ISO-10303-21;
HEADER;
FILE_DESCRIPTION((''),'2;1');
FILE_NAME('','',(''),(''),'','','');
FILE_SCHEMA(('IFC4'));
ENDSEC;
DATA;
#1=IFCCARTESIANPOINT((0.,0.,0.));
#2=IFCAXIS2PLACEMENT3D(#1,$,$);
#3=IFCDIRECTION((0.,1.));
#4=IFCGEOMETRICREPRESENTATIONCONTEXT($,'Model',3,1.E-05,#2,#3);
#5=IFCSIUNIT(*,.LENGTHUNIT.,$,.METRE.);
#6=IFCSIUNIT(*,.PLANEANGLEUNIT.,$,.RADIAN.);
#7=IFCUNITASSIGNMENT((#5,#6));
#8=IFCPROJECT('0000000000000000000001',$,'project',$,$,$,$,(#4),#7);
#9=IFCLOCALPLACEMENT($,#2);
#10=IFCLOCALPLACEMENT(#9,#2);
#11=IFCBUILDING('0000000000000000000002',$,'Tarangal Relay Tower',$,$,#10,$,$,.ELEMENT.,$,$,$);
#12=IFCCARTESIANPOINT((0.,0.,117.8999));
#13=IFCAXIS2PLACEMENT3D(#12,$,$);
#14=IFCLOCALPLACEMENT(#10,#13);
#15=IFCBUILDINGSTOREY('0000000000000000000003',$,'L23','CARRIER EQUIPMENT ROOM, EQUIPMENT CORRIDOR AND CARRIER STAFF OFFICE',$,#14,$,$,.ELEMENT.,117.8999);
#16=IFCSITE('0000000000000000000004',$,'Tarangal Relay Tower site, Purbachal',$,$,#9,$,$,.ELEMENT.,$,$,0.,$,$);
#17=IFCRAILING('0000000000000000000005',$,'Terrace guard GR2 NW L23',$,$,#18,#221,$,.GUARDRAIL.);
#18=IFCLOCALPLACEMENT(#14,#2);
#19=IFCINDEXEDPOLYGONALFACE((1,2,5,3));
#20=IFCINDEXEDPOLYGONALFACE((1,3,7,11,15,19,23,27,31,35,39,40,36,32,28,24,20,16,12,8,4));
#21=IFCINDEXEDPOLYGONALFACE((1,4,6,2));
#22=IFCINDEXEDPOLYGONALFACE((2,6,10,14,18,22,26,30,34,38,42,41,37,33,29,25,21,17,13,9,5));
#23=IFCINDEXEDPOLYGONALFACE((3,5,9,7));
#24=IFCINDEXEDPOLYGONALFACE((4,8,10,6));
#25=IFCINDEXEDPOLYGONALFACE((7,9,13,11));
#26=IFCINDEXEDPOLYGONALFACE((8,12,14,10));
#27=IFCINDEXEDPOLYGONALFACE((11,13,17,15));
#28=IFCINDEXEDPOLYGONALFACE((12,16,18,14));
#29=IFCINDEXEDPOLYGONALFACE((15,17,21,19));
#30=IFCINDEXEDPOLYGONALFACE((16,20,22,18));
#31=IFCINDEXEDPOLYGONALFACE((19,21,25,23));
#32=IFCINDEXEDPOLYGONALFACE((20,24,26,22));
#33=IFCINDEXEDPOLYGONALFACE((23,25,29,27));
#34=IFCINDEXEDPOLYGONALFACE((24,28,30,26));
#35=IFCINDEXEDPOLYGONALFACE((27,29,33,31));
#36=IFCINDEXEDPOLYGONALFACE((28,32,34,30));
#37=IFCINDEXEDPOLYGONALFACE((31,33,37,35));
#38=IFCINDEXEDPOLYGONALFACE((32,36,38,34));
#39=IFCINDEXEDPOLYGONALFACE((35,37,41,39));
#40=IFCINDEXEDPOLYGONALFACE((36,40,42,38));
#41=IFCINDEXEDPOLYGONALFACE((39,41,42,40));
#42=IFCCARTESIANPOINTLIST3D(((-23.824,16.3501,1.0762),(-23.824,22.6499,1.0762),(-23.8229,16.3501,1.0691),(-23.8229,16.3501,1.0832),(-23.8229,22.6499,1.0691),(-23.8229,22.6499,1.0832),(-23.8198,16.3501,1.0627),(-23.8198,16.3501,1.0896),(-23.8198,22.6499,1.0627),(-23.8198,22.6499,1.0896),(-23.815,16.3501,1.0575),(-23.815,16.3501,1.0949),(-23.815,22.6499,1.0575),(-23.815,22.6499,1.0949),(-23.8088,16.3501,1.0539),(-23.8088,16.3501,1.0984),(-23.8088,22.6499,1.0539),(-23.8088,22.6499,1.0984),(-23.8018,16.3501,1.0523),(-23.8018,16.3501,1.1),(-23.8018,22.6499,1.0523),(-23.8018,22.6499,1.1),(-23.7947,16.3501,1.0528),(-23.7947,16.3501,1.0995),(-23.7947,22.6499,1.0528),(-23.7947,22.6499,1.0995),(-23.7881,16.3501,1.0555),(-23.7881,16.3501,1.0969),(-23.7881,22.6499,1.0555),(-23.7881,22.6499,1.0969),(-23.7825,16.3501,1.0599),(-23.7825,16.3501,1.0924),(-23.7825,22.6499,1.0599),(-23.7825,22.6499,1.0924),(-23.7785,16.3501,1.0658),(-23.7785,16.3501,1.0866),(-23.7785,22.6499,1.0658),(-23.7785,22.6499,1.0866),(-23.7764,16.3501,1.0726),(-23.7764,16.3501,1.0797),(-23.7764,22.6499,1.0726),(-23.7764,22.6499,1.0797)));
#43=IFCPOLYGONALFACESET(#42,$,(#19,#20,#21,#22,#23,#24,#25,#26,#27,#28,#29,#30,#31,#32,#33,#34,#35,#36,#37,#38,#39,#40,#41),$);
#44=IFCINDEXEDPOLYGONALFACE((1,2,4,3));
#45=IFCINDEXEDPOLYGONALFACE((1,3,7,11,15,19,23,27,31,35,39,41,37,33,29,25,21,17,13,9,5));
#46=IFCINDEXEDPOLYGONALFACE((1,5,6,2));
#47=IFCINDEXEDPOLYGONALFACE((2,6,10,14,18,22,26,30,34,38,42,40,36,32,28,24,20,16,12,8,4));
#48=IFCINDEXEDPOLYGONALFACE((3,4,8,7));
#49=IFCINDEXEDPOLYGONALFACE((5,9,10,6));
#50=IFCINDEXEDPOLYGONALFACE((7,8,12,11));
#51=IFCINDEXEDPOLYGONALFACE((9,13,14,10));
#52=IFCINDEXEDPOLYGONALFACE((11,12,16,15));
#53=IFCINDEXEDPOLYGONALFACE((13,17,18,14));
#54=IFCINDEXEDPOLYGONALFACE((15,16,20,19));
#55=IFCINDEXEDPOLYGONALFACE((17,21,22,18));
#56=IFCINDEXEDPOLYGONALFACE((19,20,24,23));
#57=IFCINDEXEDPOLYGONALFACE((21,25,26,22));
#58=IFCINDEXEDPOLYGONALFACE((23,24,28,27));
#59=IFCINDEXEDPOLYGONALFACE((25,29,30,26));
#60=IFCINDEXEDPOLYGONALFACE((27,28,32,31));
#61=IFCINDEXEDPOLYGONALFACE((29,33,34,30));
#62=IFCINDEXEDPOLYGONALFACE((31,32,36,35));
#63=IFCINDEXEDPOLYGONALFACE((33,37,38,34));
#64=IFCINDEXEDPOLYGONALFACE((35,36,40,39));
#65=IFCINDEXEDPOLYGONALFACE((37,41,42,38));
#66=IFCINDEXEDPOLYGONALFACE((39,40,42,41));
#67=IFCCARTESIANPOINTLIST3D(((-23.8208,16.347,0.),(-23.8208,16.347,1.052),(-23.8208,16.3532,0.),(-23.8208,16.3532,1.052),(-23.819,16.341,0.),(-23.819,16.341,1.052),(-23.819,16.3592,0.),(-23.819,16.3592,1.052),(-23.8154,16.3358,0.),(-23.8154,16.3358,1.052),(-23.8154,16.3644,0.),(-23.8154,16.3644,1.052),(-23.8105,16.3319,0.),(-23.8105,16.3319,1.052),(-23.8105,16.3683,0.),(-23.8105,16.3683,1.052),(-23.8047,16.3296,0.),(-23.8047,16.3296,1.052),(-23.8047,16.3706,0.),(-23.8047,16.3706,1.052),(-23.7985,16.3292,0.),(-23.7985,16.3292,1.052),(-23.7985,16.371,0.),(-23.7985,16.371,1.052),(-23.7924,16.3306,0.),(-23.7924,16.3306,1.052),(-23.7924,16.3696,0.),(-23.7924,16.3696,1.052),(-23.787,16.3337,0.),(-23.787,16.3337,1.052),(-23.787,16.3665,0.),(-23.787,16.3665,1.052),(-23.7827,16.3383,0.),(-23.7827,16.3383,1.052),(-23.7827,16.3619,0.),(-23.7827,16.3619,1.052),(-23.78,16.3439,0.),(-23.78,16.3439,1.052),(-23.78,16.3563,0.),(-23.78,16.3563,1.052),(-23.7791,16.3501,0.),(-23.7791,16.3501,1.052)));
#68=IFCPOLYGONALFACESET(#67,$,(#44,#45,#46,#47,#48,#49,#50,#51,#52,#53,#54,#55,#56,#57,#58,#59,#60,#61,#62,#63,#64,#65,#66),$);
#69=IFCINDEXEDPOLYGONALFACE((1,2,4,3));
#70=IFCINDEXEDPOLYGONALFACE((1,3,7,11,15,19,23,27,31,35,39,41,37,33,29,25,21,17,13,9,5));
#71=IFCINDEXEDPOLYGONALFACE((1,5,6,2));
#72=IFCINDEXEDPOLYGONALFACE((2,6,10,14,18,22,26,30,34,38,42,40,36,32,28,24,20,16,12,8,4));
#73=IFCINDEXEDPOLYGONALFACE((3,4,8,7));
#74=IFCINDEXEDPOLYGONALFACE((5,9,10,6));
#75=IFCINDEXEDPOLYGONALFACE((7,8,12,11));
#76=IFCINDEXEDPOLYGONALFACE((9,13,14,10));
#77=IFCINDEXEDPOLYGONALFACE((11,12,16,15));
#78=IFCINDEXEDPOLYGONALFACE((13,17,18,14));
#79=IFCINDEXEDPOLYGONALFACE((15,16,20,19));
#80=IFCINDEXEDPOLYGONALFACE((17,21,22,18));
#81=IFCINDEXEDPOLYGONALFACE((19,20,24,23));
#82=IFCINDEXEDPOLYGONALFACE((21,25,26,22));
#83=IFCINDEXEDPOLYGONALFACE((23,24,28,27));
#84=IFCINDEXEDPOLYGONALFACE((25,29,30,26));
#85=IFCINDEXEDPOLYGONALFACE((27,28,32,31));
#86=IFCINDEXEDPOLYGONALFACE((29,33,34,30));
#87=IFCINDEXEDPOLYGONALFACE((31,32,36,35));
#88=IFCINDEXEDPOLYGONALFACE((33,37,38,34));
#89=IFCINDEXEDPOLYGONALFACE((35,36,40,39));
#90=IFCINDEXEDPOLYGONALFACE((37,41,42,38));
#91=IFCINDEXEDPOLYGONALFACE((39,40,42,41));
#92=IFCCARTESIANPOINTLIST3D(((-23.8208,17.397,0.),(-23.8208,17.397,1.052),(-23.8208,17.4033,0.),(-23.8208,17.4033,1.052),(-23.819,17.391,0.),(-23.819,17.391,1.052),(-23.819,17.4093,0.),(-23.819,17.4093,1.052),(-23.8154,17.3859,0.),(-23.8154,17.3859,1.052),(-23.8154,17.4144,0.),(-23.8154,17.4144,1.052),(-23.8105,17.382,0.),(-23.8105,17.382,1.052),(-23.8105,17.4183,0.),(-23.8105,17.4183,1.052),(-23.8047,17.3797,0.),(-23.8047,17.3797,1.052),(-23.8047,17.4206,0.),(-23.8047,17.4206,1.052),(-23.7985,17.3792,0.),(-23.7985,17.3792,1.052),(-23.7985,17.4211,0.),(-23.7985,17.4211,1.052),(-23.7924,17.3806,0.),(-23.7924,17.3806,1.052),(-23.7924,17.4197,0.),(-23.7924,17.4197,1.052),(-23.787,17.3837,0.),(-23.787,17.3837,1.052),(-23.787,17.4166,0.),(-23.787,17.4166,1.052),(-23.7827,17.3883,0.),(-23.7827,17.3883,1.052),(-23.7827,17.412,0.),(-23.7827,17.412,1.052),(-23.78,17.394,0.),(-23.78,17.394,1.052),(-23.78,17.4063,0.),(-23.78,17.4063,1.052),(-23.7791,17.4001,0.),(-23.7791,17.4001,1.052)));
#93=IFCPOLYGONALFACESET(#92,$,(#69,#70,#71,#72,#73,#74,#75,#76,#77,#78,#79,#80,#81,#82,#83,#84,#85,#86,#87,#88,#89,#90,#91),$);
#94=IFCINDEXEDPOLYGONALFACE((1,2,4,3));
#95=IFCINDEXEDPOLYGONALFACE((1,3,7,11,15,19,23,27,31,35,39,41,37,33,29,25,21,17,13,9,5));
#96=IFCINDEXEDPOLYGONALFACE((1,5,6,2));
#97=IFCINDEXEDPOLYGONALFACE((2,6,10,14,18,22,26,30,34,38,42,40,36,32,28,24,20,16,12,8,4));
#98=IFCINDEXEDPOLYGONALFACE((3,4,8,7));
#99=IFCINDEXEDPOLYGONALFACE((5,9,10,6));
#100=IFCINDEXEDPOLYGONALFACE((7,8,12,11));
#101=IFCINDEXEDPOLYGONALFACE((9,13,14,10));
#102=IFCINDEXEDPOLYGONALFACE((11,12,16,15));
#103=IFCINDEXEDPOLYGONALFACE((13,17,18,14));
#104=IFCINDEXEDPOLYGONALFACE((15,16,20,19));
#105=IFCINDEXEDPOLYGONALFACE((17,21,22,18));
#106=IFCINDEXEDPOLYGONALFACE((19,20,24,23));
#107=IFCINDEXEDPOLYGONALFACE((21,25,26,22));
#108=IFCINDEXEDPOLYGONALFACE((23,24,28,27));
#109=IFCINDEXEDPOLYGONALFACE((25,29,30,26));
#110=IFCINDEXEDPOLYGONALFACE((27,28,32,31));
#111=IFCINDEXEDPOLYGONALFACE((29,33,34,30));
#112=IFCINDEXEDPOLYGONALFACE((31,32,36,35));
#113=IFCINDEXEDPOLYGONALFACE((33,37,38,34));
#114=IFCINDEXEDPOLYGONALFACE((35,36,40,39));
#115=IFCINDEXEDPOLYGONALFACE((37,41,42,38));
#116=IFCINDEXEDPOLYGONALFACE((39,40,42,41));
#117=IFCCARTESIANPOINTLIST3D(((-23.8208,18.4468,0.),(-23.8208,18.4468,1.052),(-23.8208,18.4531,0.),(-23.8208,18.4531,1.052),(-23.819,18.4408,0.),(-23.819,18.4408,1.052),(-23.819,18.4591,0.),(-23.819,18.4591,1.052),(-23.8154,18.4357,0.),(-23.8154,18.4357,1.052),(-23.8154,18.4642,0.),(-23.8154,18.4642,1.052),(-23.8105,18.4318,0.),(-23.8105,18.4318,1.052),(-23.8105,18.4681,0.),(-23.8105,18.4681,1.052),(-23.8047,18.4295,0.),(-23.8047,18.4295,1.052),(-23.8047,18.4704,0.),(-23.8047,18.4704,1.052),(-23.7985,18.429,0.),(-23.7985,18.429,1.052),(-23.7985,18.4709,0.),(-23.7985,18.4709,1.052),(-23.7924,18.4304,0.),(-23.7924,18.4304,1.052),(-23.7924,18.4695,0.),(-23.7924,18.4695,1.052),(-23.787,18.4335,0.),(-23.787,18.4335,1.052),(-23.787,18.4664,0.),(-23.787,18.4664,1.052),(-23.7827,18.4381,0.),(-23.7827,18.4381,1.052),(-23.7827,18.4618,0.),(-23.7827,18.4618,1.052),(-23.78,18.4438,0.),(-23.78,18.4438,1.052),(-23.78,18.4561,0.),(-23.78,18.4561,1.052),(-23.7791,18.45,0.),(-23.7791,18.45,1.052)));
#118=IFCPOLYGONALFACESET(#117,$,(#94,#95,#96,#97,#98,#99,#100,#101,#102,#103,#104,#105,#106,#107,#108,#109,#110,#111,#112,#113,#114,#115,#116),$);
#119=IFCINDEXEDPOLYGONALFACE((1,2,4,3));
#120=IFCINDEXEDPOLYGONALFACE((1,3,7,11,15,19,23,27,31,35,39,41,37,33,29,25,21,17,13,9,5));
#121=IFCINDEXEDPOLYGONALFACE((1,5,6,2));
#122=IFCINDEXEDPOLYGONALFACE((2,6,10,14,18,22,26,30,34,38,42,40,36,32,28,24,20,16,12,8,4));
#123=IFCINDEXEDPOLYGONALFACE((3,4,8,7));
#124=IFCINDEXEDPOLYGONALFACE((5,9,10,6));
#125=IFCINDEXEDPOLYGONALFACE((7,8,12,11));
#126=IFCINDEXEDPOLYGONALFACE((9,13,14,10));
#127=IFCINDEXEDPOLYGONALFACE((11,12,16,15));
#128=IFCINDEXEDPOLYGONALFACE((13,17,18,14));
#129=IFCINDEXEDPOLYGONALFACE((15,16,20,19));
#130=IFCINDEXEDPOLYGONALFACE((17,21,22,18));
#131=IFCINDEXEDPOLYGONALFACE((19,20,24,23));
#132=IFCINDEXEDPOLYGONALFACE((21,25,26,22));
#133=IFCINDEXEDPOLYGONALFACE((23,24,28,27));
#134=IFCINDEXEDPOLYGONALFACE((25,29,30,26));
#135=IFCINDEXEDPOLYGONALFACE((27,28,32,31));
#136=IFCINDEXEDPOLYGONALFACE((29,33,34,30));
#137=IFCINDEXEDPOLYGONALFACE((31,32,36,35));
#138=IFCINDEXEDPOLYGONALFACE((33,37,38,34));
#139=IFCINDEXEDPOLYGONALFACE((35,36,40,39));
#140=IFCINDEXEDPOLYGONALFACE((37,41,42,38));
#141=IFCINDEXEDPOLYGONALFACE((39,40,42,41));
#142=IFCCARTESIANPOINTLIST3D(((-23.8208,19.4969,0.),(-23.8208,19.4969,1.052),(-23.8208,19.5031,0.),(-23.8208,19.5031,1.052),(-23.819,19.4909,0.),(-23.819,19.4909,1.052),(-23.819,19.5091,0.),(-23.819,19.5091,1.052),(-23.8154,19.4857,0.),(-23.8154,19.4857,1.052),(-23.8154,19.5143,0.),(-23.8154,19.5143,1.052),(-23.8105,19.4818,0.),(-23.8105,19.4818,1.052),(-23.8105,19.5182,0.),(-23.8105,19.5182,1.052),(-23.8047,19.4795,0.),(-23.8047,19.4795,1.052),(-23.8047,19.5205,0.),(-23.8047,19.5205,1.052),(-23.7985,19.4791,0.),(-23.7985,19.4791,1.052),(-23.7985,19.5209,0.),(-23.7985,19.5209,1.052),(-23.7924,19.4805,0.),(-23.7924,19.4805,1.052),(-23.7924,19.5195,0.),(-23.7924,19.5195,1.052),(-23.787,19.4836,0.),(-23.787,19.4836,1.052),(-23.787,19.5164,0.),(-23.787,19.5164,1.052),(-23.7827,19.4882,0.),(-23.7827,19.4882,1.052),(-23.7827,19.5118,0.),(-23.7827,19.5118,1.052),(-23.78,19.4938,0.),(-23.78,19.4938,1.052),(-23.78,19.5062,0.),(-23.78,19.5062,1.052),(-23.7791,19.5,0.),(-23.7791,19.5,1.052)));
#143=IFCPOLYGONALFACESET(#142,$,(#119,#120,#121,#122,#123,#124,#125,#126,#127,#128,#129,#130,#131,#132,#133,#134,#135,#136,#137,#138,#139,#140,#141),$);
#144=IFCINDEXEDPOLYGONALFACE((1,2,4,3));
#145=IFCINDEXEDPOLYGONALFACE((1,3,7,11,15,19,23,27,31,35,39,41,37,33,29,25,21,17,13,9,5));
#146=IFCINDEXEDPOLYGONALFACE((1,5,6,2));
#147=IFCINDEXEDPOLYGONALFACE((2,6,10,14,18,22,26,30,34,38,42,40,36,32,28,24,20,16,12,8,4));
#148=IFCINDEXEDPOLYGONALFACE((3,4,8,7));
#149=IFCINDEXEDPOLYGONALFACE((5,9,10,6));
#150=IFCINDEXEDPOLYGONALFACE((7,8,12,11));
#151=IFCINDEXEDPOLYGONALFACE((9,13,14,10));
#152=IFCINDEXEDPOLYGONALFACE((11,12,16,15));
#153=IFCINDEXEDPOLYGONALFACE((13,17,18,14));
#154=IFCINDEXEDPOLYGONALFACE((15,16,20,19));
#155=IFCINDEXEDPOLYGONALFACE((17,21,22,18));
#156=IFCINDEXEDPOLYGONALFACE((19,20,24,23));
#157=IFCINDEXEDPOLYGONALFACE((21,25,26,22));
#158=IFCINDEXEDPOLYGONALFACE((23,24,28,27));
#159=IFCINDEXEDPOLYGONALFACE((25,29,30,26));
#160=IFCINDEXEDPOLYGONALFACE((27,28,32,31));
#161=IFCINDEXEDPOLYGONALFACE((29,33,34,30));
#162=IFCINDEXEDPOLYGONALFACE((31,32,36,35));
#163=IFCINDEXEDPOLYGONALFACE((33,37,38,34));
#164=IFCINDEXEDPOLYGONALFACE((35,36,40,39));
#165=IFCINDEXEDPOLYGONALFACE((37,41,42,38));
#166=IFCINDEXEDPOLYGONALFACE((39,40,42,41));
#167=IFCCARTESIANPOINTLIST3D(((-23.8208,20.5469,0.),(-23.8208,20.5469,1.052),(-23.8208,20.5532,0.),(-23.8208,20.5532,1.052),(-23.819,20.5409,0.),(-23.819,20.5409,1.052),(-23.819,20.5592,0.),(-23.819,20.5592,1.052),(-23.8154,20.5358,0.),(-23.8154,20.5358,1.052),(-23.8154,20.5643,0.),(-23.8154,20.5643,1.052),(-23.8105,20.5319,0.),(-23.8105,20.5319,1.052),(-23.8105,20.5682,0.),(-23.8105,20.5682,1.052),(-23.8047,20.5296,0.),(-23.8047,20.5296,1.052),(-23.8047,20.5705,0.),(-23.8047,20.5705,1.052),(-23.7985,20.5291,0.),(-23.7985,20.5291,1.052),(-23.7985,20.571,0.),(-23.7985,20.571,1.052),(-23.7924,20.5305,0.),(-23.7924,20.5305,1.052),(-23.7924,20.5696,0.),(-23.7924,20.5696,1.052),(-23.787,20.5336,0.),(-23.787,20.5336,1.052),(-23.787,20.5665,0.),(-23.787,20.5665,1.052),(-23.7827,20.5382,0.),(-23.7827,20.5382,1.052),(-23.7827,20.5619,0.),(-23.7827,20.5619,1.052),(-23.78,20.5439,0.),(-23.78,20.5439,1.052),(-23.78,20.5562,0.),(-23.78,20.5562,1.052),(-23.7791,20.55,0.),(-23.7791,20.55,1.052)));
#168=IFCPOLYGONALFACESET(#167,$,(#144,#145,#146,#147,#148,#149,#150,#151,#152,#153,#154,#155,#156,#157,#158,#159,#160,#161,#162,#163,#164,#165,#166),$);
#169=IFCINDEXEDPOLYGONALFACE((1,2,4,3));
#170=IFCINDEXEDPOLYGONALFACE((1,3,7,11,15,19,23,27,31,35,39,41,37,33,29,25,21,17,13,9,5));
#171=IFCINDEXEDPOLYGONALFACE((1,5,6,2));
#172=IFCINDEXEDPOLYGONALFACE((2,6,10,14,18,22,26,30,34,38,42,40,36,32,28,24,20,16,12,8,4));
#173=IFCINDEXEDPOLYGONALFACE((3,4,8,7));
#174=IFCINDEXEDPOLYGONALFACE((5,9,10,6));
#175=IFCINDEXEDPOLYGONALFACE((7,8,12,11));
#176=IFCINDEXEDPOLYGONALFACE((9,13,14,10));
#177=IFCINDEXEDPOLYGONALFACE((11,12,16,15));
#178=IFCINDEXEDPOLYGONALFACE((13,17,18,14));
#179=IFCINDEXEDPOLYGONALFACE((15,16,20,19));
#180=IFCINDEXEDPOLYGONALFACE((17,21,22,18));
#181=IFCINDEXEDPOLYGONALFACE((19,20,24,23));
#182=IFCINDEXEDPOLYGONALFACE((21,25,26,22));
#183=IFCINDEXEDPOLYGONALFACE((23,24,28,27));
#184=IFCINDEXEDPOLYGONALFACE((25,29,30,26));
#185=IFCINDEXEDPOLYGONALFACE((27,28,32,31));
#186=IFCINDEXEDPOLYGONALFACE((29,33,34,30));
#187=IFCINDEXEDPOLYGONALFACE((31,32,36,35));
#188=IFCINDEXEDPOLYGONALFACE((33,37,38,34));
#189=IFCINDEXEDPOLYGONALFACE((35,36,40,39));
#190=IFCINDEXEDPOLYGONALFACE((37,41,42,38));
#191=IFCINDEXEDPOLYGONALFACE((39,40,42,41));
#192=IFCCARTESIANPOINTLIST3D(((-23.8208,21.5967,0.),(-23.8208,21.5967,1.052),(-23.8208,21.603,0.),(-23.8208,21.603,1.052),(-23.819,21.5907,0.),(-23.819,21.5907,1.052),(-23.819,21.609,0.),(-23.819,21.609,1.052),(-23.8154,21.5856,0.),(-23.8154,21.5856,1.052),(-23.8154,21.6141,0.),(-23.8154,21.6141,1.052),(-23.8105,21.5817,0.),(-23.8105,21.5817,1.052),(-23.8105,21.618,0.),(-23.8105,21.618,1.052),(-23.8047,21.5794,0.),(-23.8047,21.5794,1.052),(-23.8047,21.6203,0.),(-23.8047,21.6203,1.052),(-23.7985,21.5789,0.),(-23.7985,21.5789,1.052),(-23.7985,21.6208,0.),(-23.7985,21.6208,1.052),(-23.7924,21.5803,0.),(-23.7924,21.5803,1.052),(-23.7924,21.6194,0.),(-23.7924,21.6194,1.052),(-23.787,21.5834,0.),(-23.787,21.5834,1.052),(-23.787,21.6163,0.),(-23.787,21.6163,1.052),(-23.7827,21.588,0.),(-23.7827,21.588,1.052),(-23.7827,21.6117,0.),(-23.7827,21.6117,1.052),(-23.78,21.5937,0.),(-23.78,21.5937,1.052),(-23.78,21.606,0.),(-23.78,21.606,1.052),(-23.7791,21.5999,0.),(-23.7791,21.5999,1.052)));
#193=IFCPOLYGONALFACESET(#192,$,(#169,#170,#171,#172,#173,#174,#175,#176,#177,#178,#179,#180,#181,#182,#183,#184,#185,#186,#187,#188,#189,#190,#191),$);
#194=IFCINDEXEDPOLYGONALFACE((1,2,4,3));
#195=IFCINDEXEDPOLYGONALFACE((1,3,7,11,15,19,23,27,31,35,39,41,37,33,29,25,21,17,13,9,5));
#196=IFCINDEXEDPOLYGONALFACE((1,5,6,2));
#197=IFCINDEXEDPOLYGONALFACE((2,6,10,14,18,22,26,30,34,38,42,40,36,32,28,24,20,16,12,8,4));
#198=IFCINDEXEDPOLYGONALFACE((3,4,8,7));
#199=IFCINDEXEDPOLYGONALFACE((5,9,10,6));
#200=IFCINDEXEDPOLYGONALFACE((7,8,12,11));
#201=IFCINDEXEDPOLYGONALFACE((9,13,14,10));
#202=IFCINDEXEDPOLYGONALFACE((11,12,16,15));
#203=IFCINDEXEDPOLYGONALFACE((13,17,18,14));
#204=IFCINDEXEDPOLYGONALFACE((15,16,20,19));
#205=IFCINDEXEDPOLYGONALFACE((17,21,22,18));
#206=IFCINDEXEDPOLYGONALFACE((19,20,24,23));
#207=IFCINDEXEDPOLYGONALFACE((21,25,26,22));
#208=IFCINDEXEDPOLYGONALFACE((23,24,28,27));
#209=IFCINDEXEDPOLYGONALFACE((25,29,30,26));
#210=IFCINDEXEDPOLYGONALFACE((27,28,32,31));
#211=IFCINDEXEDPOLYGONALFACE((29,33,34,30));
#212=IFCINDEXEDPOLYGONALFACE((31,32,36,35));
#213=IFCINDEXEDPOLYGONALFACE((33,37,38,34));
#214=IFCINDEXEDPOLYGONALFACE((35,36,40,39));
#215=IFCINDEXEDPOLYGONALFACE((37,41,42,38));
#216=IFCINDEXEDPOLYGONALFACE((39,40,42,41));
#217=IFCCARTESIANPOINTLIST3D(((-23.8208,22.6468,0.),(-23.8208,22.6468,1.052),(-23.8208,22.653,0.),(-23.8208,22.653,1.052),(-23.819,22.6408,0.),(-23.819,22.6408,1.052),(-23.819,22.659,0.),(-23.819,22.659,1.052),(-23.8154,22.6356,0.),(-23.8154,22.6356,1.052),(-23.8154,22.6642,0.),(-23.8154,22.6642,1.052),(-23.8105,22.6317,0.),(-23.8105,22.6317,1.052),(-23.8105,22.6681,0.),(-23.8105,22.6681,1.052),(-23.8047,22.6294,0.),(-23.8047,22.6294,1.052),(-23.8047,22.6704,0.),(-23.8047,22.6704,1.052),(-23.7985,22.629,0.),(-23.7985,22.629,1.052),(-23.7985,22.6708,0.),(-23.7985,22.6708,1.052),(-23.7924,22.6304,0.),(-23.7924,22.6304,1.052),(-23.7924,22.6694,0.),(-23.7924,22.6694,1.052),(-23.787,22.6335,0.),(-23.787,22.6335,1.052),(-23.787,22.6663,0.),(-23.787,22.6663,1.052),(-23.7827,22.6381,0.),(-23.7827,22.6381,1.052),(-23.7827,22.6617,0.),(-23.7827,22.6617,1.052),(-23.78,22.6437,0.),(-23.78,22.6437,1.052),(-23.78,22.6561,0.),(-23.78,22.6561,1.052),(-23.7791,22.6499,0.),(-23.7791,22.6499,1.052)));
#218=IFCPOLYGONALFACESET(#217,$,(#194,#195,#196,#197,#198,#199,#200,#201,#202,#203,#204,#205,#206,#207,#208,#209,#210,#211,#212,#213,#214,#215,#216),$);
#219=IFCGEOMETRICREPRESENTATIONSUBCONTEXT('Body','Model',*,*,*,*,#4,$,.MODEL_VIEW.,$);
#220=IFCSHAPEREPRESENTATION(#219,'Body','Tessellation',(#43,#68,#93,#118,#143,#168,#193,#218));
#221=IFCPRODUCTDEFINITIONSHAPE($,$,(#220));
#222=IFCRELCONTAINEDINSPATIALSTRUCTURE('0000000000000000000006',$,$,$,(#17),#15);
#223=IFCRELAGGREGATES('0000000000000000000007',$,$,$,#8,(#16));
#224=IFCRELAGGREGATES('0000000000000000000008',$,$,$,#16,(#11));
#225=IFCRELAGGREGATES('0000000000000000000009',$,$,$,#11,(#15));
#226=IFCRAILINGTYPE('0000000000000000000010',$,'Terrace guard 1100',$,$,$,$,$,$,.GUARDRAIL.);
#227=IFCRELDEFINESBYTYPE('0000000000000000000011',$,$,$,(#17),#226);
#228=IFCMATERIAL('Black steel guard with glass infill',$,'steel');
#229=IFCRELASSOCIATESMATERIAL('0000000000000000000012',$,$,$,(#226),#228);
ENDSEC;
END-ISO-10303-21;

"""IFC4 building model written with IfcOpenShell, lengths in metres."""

from ifc_helpers import new_model, si_unit, direction, frame, origin, origin_2d, place, context, subcontext, project, spatial, circle, extrude, material, type_object, element, save


model = new_model("IFC4")

# Units and contexts
model_context = context("Model", 3, precision=1e-05, world=origin(), true_north=direction((0.0, 1.0)))
body_context = subcontext(model_context, "Body", "Model", "MODEL_VIEW")
ifc_project = project(units=[si_unit("LENGTHUNIT", "METRE"), si_unit("PLANEANGLEUNIT", "RADIAN")], contexts=[model_context])

# Site, building, storey
site_placement = place(None, origin())
site = spatial("IfcSite", under=ifc_project, at=site_placement, Name="Tarangal Relay Tower site, Purbachal", CompositionType="ELEMENT", RefElevation=0.0)
building_placement = place(site_placement, origin())
building = spatial("IfcBuilding", under=site, at=building_placement, Name="Tarangal Relay Tower", CompositionType="ELEMENT")
storey_placement = place(building_placement, frame((0.0, 0.0, 117.8999)))
storey = spatial("IfcBuildingStorey", under=building, at=storey_placement, Name="L23", Description="CARRIER EQUIPMENT ROOM, EQUIPMENT CORRIDOR AND CARRIER STAFF OFFICE", CompositionType="ELEMENT", Elevation=117.8999)

# Railing
ifc_material_1 = material(Name="Black steel guard with glass infill", Category="steel")
railing_type = type_object("IfcRailingType", Name="Terrace guard 1100", PredefinedType="GUARDRAIL", material=ifc_material_1)
railing_1_placement = place(storey_placement, frame((-23.8, 16.3501, 0.0)))
element("IfcRailing", 1, at=railing_1_placement, inside=storey, type_object=railing_type, Name="Terrace guard GR2 NW L23", PredefinedType="GUARDRAIL", context=body_context, shape_type="SweptSolid", body=[
    extrude(circle(Radius=0.0239, at=origin_2d()), frame((0.0, 0.0, 1.0762), z_axis=(0.0, 1.0, 0.0), x_axis=(-1.0, 0.0, 0.0)), (0.0, 0.0, 1.0), 6.2998),
    extrude(circle(Radius=0.021, at=origin_2d()), origin(), (0.0, 0.0, 1.0), 1.052),
    extrude(circle(Radius=0.021, at=origin_2d()), frame((0.0, 1.05, 0.0)), (0.0, 0.0, 1.0), 1.052),
    extrude(circle(Radius=0.021, at=origin_2d()), frame((0.0, 2.0999, 0.0)), (0.0, 0.0, 1.0), 1.052),
    extrude(circle(Radius=0.021, at=origin_2d()), frame((0.0, 3.1499, 0.0)), (0.0, 0.0, 1.0), 1.052),
    extrude(circle(Radius=0.021, at=origin_2d()), frame((0.0, 4.2, 0.0)), (0.0, 0.0, 1.0), 1.052),
    extrude(circle(Radius=0.021, at=origin_2d()), frame((0.0, 5.2498, 0.0)), (0.0, 0.0, 1.0), 1.052),
    extrude(circle(Radius=0.021, at=origin_2d()), frame((0.0, 6.2998, 0.0)), (0.0, 0.0, 1.0), 1.052),
])

save(model, "model.ifc")
